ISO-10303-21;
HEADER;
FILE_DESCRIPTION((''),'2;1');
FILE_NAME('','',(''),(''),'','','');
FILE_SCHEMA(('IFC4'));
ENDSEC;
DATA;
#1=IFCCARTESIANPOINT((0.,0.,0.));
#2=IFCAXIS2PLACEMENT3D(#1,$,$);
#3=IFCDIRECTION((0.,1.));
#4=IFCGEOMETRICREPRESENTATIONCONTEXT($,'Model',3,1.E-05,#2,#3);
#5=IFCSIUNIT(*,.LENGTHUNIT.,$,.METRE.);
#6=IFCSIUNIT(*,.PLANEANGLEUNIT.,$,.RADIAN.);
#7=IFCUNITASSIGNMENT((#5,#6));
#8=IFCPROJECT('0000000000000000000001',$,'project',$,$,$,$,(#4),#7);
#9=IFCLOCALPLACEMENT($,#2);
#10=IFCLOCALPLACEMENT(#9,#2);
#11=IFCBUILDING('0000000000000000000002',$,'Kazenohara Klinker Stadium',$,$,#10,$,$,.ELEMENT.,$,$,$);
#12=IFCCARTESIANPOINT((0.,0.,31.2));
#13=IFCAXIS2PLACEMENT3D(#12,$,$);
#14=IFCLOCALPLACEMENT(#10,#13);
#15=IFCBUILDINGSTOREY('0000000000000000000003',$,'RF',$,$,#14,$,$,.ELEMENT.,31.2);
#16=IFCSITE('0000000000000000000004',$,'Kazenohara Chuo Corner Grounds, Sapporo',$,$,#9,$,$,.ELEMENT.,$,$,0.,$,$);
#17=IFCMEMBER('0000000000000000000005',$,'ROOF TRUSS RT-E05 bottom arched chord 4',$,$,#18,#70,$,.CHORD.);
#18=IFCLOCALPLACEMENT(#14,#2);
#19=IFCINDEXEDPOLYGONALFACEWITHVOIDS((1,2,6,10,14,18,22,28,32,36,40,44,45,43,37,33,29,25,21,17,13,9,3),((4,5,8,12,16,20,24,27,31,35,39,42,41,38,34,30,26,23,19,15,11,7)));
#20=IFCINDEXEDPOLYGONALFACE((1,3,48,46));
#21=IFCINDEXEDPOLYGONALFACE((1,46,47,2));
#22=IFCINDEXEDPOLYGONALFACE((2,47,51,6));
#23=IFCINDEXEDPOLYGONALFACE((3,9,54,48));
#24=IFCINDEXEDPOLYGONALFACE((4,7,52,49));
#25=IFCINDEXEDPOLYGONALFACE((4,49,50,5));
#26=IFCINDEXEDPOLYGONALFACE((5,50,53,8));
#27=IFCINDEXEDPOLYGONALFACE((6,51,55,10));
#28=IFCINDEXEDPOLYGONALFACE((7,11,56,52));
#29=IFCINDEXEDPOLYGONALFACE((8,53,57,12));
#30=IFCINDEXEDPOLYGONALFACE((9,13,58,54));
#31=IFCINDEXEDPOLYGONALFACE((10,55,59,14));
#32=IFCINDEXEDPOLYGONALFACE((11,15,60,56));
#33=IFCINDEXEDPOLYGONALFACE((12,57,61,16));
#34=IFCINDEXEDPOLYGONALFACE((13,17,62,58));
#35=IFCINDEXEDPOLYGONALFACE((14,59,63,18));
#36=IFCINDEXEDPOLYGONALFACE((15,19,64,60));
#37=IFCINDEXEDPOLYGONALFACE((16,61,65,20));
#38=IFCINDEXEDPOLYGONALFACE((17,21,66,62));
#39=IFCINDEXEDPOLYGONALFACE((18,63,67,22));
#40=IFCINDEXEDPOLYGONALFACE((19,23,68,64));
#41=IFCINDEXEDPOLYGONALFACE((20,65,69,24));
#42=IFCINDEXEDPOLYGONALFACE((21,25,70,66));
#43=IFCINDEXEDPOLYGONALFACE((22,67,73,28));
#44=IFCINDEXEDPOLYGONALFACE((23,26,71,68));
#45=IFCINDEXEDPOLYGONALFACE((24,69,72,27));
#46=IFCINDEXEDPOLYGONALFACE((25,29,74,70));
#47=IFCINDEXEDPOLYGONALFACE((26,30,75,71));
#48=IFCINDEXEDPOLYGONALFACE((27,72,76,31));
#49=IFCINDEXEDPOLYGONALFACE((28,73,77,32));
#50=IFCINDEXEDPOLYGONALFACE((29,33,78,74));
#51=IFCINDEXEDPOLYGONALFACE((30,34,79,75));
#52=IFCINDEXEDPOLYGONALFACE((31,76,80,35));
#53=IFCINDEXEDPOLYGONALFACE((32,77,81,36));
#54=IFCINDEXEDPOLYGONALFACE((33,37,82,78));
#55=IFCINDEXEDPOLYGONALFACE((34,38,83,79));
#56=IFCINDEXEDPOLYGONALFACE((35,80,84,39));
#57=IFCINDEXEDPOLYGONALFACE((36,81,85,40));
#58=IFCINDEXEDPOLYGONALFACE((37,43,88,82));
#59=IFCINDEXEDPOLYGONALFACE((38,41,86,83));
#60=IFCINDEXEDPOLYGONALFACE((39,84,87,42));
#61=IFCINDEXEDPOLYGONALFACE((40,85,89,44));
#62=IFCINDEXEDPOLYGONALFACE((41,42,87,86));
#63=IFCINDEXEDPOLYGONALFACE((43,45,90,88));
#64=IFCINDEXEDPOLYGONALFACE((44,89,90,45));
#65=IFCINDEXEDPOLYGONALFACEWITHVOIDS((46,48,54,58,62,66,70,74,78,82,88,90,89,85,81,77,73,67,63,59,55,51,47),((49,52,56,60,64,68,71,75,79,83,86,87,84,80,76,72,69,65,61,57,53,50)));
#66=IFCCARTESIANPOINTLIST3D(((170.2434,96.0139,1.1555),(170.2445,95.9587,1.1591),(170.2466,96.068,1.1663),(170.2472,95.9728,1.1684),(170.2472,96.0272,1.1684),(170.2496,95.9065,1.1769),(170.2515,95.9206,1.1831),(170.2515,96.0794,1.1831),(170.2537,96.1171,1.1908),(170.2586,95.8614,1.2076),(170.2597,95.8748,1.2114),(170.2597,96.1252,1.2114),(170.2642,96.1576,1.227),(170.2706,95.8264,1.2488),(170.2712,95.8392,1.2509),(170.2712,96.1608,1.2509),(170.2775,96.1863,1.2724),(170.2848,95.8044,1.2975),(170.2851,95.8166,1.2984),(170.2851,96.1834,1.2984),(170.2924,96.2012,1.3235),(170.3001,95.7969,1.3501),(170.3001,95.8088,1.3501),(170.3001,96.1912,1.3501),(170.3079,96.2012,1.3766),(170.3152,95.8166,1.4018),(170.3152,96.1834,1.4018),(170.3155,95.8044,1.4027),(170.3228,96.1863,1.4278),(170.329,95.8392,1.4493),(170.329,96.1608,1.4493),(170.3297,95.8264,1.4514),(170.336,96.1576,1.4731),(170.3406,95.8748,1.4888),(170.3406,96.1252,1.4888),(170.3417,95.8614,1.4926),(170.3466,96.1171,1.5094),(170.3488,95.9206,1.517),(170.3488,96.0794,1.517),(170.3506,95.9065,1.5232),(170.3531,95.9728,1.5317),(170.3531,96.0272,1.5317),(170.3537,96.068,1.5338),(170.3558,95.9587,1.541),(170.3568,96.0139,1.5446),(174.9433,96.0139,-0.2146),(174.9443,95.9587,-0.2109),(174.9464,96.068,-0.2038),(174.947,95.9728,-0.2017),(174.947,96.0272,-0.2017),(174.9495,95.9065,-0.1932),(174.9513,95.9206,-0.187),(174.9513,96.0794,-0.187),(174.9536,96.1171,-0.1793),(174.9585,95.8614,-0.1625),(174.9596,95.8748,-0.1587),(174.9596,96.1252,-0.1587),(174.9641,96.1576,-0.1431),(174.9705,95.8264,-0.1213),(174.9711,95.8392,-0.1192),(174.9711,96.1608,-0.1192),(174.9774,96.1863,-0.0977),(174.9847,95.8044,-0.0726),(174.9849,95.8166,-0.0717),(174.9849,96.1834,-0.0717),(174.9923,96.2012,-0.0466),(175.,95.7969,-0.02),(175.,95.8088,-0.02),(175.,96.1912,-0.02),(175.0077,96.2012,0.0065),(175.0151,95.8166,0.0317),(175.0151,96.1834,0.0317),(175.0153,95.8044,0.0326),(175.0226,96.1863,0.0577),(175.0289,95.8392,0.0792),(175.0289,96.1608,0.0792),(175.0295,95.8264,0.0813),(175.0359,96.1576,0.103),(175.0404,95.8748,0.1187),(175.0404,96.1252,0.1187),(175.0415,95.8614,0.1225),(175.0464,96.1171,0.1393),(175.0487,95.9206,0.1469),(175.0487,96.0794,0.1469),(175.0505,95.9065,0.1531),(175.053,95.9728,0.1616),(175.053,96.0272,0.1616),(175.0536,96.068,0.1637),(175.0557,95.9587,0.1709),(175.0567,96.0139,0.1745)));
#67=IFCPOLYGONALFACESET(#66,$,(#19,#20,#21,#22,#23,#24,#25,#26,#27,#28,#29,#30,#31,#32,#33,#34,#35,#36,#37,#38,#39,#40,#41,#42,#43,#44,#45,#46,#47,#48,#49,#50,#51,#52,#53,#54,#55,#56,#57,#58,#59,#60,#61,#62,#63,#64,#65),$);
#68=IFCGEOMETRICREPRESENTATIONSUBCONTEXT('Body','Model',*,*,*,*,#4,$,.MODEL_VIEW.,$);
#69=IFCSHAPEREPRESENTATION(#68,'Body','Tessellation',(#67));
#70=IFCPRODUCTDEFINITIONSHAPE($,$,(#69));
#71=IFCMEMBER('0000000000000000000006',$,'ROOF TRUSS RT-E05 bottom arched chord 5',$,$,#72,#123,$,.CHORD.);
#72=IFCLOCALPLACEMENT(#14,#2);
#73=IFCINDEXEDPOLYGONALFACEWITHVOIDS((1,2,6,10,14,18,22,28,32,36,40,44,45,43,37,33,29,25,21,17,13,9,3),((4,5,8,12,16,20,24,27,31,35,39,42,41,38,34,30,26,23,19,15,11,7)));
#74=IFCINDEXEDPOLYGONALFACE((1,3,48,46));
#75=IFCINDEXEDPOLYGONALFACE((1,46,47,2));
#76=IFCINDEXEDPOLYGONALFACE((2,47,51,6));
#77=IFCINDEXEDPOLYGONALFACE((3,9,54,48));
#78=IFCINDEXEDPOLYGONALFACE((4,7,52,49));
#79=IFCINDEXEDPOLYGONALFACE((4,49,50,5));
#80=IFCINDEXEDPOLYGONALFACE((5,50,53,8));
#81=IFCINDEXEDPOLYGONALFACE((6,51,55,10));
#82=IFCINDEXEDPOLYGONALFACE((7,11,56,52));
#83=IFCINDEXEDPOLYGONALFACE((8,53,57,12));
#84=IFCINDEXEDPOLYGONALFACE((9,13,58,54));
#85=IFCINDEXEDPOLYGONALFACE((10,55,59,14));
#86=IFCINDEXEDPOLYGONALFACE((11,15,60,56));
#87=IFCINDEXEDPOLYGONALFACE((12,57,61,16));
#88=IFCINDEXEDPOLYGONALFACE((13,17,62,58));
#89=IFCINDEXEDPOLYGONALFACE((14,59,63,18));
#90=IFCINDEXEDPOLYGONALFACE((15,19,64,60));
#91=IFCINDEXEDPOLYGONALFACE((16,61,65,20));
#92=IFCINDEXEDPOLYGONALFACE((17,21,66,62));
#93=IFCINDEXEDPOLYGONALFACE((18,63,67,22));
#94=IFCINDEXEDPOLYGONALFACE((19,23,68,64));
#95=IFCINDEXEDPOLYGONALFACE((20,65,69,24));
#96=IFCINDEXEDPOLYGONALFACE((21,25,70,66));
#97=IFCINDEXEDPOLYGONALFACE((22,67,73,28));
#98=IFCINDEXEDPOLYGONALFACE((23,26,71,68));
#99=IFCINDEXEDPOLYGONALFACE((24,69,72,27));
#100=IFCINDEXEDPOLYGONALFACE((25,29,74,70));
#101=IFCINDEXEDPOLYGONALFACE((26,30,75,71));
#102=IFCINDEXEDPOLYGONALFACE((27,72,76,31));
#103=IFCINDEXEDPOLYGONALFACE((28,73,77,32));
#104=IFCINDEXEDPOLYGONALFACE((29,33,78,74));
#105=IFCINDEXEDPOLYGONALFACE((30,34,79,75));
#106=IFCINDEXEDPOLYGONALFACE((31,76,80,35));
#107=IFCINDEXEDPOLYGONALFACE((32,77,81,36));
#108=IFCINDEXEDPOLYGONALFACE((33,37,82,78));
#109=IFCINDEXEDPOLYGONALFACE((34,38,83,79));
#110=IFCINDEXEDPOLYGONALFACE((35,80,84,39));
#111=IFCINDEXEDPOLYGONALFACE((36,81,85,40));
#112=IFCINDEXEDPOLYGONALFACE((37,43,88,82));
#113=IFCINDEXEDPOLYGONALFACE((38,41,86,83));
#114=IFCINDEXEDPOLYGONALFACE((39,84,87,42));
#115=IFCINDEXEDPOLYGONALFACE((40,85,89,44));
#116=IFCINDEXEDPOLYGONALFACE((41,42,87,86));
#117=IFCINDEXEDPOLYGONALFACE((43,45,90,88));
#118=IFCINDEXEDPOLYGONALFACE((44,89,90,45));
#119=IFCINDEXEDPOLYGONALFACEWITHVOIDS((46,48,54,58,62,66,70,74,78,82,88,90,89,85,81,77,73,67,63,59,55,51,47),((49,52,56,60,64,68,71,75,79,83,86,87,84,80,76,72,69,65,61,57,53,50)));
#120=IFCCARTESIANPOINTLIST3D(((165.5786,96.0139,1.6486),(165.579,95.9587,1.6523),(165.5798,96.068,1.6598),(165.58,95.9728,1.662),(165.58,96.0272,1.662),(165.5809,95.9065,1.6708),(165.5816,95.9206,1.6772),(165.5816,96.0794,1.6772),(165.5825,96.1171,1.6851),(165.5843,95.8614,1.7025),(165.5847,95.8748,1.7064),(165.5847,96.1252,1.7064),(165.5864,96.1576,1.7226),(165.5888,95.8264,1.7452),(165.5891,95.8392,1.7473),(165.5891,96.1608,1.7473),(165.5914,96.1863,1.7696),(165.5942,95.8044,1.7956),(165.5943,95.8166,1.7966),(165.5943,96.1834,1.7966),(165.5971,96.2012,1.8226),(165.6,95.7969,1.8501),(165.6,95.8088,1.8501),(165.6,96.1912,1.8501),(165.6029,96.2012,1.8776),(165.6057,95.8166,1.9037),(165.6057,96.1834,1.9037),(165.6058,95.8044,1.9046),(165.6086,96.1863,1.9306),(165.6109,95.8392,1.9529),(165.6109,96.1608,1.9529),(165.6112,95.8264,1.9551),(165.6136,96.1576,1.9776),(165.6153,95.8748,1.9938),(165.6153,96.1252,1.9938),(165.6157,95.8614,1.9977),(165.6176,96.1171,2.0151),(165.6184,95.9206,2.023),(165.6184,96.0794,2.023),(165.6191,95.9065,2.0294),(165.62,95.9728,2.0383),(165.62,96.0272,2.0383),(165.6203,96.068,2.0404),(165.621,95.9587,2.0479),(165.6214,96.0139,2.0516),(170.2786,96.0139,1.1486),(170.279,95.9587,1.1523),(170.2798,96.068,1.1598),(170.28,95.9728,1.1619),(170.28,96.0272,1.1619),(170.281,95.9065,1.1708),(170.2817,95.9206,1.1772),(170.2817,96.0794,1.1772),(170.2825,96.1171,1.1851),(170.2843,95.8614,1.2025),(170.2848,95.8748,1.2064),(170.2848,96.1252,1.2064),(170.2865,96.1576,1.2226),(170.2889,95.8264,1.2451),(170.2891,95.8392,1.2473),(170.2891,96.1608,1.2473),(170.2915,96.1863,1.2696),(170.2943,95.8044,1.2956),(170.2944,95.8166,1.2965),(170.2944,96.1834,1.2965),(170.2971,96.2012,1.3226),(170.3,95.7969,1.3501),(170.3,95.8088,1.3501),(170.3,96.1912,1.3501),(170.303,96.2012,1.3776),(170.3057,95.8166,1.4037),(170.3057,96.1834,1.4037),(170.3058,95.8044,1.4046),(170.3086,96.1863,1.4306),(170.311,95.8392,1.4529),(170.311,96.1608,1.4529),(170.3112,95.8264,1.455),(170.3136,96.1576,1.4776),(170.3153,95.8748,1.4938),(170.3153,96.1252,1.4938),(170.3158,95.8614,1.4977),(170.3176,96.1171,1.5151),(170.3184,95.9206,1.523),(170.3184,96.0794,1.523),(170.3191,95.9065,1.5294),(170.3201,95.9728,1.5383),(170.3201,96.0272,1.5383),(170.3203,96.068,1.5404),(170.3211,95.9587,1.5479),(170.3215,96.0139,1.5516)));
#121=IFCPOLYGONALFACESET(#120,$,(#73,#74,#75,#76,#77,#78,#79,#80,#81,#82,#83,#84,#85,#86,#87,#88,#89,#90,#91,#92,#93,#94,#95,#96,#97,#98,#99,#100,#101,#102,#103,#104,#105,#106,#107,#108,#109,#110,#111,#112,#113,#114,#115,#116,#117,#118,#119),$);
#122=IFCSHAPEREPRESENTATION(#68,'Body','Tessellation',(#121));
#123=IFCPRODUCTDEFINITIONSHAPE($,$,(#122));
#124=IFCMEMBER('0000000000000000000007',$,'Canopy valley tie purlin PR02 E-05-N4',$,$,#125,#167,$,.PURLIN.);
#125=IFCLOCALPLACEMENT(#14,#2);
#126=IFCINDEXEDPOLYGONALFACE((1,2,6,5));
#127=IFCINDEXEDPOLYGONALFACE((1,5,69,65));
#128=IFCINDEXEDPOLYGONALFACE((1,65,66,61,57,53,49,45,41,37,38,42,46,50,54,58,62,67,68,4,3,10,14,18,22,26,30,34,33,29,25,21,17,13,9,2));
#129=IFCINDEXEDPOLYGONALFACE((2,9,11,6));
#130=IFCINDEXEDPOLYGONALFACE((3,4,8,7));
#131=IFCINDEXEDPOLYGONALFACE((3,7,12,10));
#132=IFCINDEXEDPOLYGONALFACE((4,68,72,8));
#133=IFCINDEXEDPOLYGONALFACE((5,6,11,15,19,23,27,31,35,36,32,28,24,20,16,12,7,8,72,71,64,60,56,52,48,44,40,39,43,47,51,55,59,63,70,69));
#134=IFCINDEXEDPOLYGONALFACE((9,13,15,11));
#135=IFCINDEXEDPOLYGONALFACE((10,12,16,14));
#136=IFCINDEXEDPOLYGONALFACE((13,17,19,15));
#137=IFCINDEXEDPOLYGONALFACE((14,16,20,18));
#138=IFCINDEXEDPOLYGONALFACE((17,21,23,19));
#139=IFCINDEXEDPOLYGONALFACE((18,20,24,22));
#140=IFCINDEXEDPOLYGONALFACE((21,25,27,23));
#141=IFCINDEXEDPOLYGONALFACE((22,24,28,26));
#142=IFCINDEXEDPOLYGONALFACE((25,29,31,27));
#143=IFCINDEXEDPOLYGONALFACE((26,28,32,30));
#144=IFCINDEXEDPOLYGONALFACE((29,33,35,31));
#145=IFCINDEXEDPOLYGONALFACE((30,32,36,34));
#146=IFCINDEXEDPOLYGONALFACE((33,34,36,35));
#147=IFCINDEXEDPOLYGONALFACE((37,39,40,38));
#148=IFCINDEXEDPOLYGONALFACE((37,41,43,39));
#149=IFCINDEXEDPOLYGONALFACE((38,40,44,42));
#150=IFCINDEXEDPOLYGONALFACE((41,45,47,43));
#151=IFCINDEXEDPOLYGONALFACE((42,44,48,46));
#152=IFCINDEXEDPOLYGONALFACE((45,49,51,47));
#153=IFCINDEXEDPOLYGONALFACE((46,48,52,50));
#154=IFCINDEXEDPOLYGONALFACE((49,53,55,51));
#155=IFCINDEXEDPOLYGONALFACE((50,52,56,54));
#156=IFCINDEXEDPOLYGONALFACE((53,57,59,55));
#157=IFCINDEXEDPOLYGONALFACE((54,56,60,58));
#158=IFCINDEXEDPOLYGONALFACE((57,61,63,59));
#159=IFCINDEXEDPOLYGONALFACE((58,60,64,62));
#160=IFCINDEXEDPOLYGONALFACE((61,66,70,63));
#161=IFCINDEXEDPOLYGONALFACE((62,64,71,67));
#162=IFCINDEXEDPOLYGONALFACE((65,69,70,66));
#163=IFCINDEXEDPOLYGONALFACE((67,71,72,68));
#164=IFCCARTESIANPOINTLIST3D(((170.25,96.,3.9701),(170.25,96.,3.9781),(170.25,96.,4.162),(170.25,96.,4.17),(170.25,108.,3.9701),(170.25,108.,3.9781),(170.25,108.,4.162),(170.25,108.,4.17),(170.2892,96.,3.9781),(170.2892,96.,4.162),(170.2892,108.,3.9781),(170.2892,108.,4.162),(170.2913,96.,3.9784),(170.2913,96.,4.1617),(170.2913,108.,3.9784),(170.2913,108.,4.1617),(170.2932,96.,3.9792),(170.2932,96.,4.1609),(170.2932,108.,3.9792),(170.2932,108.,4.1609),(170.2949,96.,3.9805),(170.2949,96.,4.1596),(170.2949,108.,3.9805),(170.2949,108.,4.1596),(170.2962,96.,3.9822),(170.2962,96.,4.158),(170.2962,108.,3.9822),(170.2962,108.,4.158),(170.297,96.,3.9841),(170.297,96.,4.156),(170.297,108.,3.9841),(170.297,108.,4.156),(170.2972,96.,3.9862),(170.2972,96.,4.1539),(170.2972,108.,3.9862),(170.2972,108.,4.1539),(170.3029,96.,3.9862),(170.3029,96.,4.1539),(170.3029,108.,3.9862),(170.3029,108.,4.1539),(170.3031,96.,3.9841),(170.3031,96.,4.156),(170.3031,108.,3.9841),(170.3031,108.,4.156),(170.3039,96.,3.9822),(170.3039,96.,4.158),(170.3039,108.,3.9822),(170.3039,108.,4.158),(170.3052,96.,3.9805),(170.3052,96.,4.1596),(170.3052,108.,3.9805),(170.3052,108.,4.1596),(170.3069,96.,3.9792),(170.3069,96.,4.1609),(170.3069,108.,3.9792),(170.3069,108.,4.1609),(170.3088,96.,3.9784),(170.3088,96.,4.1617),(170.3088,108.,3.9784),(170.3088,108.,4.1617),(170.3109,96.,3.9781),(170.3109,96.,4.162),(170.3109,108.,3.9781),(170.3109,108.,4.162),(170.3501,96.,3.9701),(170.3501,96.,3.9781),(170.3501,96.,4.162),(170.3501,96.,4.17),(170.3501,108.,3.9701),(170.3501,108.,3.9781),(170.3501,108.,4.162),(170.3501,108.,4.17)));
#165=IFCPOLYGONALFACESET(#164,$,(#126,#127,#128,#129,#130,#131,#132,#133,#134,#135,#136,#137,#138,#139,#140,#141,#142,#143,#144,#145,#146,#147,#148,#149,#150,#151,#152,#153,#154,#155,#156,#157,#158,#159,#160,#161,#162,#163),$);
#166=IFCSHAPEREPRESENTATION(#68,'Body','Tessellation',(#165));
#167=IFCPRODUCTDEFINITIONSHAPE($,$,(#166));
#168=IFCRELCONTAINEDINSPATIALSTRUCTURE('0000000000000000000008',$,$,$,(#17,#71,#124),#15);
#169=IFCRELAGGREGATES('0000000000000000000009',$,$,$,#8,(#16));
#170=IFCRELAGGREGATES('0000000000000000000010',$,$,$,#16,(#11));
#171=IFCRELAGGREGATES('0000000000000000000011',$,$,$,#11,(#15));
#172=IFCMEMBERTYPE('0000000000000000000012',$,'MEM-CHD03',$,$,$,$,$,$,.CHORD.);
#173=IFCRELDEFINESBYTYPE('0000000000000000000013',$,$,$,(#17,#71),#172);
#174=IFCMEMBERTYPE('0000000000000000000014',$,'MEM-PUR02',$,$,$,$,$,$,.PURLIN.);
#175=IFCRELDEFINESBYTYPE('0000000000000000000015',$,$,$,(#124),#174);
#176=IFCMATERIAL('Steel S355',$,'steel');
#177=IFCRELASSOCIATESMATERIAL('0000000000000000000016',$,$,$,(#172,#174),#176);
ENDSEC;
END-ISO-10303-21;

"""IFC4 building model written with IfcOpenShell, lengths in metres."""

from ifc_helpers import new_model, si_unit, direction, frame, origin, origin_2d, place, context, subcontext, project, spatial, hollow_circle, i_section, extrude, material, material_profile, profile_set, type_object, element, save


model = new_model("IFC4")

# Units and contexts
model_context = context("Model", 3, precision=1e-05, world=origin(), true_north=direction((0.0, 1.0)))
body_context = subcontext(model_context, "Body", "Model", "MODEL_VIEW")
ifc_project = project(units=[si_unit("LENGTHUNIT", "METRE"), si_unit("PLANEANGLEUNIT", "RADIAN")], contexts=[model_context])

# Site, building, storey
site_placement = place(None, origin())
site = spatial("IfcSite", under=ifc_project, at=site_placement, Name="Kazenohara Chuo Corner Grounds, Sapporo", CompositionType="ELEMENT", RefElevation=0.0)
building_placement = place(site_placement, origin())
building = spatial("IfcBuilding", under=site, at=building_placement, Name="Kazenohara Klinker Stadium", CompositionType="ELEMENT")
storey_placement = place(building_placement, frame((0.0, 0.0, 31.2)))
storey = spatial("IfcBuildingStorey", under=building, at=storey_placement, Name="RF", CompositionType="ELEMENT", Elevation=31.2)

# Members
ifc_material_1 = material(Name="Steel S355", Category="steel")
ifc_material_profile_1 = material_profile(ifc_material_1, hollow_circle(Radius=0.2031, WallThickness=0.012, at=origin_2d()), Name="CHS-406.4x12")
ifc_profile_set_1 = profile_set([ifc_material_profile_1], Name="Steel S355")
member_type_1 = type_object("IfcMemberType", Name="MEM-CHD03", PredefinedType="CHORD", material=ifc_profile_set_1)
member_1_placement = place(storey_placement, frame((175.0, 96.0, -0.02), z_axis=(-0.960039, 0.0, 0.279868), x_axis=(0.0, -1.0, 0.0)))
element("IfcMember", 1, at=member_1_placement, inside=storey, type_object=member_type_1, Name="ROOF TRUSS RT-E05 bottom arched chord 4", PredefinedType="CHORD", context=body_context, shape_type="SweptSolid", body=[
    extrude(hollow_circle(Radius=0.2031, WallThickness=0.012, at=origin_2d()), origin(), (0.0, 0.0, 1.0), 4.8955),
])
member_2_placement = place(storey_placement, frame((170.3, 96.0, 1.3501), z_axis=(-0.994389, 0.0, 0.105787), x_axis=(0.0, -1.0, 0.0)))
element("IfcMember", 2, at=member_2_placement, inside=storey, type_object=member_type_1, Name="ROOF TRUSS RT-E05 bottom arched chord 5", PredefinedType="CHORD", context=body_context, shape_type="SweptSolid", body=[
    extrude(hollow_circle(Radius=0.2031, WallThickness=0.012, at=origin_2d()), origin(), (0.0, 0.0, 1.0), 4.7266),
])
ifc_material_profile_2 = material_profile(ifc_material_1, i_section(OverallWidth=0.1001, OverallDepth=0.2, WebThickness=0.0056, FlangeThickness=0.0081, FilletRadius=0.0081, at=origin_2d()), Name="H-200x100x5.5x8")
ifc_profile_set_2 = profile_set([ifc_material_profile_2], Name="Steel S355")
member_type_2 = type_object("IfcMemberType", Name="MEM-PUR02", PredefinedType="PURLIN", material=ifc_profile_set_2)
member_3_placement = place(storey_placement, frame((170.3, 96.0, 4.0701), z_axis=(0.0, 1.0, 0.0), x_axis=(-1.0, 0.0, 0.0)))
element("IfcMember", 3, at=member_3_placement, inside=storey, type_object=member_type_2, Name="Canopy valley tie purlin PR02 E-05-N4", PredefinedType="PURLIN", context=body_context, shape_type="SweptSolid", body=[
    extrude(i_section(OverallWidth=0.1001, OverallDepth=0.2, WebThickness=0.0056, FlangeThickness=0.0081, FilletRadius=0.0081, at=origin_2d()), origin(), (0.0, 0.0, 1.0), 12.0),
])

save(model, "model.ifc")
